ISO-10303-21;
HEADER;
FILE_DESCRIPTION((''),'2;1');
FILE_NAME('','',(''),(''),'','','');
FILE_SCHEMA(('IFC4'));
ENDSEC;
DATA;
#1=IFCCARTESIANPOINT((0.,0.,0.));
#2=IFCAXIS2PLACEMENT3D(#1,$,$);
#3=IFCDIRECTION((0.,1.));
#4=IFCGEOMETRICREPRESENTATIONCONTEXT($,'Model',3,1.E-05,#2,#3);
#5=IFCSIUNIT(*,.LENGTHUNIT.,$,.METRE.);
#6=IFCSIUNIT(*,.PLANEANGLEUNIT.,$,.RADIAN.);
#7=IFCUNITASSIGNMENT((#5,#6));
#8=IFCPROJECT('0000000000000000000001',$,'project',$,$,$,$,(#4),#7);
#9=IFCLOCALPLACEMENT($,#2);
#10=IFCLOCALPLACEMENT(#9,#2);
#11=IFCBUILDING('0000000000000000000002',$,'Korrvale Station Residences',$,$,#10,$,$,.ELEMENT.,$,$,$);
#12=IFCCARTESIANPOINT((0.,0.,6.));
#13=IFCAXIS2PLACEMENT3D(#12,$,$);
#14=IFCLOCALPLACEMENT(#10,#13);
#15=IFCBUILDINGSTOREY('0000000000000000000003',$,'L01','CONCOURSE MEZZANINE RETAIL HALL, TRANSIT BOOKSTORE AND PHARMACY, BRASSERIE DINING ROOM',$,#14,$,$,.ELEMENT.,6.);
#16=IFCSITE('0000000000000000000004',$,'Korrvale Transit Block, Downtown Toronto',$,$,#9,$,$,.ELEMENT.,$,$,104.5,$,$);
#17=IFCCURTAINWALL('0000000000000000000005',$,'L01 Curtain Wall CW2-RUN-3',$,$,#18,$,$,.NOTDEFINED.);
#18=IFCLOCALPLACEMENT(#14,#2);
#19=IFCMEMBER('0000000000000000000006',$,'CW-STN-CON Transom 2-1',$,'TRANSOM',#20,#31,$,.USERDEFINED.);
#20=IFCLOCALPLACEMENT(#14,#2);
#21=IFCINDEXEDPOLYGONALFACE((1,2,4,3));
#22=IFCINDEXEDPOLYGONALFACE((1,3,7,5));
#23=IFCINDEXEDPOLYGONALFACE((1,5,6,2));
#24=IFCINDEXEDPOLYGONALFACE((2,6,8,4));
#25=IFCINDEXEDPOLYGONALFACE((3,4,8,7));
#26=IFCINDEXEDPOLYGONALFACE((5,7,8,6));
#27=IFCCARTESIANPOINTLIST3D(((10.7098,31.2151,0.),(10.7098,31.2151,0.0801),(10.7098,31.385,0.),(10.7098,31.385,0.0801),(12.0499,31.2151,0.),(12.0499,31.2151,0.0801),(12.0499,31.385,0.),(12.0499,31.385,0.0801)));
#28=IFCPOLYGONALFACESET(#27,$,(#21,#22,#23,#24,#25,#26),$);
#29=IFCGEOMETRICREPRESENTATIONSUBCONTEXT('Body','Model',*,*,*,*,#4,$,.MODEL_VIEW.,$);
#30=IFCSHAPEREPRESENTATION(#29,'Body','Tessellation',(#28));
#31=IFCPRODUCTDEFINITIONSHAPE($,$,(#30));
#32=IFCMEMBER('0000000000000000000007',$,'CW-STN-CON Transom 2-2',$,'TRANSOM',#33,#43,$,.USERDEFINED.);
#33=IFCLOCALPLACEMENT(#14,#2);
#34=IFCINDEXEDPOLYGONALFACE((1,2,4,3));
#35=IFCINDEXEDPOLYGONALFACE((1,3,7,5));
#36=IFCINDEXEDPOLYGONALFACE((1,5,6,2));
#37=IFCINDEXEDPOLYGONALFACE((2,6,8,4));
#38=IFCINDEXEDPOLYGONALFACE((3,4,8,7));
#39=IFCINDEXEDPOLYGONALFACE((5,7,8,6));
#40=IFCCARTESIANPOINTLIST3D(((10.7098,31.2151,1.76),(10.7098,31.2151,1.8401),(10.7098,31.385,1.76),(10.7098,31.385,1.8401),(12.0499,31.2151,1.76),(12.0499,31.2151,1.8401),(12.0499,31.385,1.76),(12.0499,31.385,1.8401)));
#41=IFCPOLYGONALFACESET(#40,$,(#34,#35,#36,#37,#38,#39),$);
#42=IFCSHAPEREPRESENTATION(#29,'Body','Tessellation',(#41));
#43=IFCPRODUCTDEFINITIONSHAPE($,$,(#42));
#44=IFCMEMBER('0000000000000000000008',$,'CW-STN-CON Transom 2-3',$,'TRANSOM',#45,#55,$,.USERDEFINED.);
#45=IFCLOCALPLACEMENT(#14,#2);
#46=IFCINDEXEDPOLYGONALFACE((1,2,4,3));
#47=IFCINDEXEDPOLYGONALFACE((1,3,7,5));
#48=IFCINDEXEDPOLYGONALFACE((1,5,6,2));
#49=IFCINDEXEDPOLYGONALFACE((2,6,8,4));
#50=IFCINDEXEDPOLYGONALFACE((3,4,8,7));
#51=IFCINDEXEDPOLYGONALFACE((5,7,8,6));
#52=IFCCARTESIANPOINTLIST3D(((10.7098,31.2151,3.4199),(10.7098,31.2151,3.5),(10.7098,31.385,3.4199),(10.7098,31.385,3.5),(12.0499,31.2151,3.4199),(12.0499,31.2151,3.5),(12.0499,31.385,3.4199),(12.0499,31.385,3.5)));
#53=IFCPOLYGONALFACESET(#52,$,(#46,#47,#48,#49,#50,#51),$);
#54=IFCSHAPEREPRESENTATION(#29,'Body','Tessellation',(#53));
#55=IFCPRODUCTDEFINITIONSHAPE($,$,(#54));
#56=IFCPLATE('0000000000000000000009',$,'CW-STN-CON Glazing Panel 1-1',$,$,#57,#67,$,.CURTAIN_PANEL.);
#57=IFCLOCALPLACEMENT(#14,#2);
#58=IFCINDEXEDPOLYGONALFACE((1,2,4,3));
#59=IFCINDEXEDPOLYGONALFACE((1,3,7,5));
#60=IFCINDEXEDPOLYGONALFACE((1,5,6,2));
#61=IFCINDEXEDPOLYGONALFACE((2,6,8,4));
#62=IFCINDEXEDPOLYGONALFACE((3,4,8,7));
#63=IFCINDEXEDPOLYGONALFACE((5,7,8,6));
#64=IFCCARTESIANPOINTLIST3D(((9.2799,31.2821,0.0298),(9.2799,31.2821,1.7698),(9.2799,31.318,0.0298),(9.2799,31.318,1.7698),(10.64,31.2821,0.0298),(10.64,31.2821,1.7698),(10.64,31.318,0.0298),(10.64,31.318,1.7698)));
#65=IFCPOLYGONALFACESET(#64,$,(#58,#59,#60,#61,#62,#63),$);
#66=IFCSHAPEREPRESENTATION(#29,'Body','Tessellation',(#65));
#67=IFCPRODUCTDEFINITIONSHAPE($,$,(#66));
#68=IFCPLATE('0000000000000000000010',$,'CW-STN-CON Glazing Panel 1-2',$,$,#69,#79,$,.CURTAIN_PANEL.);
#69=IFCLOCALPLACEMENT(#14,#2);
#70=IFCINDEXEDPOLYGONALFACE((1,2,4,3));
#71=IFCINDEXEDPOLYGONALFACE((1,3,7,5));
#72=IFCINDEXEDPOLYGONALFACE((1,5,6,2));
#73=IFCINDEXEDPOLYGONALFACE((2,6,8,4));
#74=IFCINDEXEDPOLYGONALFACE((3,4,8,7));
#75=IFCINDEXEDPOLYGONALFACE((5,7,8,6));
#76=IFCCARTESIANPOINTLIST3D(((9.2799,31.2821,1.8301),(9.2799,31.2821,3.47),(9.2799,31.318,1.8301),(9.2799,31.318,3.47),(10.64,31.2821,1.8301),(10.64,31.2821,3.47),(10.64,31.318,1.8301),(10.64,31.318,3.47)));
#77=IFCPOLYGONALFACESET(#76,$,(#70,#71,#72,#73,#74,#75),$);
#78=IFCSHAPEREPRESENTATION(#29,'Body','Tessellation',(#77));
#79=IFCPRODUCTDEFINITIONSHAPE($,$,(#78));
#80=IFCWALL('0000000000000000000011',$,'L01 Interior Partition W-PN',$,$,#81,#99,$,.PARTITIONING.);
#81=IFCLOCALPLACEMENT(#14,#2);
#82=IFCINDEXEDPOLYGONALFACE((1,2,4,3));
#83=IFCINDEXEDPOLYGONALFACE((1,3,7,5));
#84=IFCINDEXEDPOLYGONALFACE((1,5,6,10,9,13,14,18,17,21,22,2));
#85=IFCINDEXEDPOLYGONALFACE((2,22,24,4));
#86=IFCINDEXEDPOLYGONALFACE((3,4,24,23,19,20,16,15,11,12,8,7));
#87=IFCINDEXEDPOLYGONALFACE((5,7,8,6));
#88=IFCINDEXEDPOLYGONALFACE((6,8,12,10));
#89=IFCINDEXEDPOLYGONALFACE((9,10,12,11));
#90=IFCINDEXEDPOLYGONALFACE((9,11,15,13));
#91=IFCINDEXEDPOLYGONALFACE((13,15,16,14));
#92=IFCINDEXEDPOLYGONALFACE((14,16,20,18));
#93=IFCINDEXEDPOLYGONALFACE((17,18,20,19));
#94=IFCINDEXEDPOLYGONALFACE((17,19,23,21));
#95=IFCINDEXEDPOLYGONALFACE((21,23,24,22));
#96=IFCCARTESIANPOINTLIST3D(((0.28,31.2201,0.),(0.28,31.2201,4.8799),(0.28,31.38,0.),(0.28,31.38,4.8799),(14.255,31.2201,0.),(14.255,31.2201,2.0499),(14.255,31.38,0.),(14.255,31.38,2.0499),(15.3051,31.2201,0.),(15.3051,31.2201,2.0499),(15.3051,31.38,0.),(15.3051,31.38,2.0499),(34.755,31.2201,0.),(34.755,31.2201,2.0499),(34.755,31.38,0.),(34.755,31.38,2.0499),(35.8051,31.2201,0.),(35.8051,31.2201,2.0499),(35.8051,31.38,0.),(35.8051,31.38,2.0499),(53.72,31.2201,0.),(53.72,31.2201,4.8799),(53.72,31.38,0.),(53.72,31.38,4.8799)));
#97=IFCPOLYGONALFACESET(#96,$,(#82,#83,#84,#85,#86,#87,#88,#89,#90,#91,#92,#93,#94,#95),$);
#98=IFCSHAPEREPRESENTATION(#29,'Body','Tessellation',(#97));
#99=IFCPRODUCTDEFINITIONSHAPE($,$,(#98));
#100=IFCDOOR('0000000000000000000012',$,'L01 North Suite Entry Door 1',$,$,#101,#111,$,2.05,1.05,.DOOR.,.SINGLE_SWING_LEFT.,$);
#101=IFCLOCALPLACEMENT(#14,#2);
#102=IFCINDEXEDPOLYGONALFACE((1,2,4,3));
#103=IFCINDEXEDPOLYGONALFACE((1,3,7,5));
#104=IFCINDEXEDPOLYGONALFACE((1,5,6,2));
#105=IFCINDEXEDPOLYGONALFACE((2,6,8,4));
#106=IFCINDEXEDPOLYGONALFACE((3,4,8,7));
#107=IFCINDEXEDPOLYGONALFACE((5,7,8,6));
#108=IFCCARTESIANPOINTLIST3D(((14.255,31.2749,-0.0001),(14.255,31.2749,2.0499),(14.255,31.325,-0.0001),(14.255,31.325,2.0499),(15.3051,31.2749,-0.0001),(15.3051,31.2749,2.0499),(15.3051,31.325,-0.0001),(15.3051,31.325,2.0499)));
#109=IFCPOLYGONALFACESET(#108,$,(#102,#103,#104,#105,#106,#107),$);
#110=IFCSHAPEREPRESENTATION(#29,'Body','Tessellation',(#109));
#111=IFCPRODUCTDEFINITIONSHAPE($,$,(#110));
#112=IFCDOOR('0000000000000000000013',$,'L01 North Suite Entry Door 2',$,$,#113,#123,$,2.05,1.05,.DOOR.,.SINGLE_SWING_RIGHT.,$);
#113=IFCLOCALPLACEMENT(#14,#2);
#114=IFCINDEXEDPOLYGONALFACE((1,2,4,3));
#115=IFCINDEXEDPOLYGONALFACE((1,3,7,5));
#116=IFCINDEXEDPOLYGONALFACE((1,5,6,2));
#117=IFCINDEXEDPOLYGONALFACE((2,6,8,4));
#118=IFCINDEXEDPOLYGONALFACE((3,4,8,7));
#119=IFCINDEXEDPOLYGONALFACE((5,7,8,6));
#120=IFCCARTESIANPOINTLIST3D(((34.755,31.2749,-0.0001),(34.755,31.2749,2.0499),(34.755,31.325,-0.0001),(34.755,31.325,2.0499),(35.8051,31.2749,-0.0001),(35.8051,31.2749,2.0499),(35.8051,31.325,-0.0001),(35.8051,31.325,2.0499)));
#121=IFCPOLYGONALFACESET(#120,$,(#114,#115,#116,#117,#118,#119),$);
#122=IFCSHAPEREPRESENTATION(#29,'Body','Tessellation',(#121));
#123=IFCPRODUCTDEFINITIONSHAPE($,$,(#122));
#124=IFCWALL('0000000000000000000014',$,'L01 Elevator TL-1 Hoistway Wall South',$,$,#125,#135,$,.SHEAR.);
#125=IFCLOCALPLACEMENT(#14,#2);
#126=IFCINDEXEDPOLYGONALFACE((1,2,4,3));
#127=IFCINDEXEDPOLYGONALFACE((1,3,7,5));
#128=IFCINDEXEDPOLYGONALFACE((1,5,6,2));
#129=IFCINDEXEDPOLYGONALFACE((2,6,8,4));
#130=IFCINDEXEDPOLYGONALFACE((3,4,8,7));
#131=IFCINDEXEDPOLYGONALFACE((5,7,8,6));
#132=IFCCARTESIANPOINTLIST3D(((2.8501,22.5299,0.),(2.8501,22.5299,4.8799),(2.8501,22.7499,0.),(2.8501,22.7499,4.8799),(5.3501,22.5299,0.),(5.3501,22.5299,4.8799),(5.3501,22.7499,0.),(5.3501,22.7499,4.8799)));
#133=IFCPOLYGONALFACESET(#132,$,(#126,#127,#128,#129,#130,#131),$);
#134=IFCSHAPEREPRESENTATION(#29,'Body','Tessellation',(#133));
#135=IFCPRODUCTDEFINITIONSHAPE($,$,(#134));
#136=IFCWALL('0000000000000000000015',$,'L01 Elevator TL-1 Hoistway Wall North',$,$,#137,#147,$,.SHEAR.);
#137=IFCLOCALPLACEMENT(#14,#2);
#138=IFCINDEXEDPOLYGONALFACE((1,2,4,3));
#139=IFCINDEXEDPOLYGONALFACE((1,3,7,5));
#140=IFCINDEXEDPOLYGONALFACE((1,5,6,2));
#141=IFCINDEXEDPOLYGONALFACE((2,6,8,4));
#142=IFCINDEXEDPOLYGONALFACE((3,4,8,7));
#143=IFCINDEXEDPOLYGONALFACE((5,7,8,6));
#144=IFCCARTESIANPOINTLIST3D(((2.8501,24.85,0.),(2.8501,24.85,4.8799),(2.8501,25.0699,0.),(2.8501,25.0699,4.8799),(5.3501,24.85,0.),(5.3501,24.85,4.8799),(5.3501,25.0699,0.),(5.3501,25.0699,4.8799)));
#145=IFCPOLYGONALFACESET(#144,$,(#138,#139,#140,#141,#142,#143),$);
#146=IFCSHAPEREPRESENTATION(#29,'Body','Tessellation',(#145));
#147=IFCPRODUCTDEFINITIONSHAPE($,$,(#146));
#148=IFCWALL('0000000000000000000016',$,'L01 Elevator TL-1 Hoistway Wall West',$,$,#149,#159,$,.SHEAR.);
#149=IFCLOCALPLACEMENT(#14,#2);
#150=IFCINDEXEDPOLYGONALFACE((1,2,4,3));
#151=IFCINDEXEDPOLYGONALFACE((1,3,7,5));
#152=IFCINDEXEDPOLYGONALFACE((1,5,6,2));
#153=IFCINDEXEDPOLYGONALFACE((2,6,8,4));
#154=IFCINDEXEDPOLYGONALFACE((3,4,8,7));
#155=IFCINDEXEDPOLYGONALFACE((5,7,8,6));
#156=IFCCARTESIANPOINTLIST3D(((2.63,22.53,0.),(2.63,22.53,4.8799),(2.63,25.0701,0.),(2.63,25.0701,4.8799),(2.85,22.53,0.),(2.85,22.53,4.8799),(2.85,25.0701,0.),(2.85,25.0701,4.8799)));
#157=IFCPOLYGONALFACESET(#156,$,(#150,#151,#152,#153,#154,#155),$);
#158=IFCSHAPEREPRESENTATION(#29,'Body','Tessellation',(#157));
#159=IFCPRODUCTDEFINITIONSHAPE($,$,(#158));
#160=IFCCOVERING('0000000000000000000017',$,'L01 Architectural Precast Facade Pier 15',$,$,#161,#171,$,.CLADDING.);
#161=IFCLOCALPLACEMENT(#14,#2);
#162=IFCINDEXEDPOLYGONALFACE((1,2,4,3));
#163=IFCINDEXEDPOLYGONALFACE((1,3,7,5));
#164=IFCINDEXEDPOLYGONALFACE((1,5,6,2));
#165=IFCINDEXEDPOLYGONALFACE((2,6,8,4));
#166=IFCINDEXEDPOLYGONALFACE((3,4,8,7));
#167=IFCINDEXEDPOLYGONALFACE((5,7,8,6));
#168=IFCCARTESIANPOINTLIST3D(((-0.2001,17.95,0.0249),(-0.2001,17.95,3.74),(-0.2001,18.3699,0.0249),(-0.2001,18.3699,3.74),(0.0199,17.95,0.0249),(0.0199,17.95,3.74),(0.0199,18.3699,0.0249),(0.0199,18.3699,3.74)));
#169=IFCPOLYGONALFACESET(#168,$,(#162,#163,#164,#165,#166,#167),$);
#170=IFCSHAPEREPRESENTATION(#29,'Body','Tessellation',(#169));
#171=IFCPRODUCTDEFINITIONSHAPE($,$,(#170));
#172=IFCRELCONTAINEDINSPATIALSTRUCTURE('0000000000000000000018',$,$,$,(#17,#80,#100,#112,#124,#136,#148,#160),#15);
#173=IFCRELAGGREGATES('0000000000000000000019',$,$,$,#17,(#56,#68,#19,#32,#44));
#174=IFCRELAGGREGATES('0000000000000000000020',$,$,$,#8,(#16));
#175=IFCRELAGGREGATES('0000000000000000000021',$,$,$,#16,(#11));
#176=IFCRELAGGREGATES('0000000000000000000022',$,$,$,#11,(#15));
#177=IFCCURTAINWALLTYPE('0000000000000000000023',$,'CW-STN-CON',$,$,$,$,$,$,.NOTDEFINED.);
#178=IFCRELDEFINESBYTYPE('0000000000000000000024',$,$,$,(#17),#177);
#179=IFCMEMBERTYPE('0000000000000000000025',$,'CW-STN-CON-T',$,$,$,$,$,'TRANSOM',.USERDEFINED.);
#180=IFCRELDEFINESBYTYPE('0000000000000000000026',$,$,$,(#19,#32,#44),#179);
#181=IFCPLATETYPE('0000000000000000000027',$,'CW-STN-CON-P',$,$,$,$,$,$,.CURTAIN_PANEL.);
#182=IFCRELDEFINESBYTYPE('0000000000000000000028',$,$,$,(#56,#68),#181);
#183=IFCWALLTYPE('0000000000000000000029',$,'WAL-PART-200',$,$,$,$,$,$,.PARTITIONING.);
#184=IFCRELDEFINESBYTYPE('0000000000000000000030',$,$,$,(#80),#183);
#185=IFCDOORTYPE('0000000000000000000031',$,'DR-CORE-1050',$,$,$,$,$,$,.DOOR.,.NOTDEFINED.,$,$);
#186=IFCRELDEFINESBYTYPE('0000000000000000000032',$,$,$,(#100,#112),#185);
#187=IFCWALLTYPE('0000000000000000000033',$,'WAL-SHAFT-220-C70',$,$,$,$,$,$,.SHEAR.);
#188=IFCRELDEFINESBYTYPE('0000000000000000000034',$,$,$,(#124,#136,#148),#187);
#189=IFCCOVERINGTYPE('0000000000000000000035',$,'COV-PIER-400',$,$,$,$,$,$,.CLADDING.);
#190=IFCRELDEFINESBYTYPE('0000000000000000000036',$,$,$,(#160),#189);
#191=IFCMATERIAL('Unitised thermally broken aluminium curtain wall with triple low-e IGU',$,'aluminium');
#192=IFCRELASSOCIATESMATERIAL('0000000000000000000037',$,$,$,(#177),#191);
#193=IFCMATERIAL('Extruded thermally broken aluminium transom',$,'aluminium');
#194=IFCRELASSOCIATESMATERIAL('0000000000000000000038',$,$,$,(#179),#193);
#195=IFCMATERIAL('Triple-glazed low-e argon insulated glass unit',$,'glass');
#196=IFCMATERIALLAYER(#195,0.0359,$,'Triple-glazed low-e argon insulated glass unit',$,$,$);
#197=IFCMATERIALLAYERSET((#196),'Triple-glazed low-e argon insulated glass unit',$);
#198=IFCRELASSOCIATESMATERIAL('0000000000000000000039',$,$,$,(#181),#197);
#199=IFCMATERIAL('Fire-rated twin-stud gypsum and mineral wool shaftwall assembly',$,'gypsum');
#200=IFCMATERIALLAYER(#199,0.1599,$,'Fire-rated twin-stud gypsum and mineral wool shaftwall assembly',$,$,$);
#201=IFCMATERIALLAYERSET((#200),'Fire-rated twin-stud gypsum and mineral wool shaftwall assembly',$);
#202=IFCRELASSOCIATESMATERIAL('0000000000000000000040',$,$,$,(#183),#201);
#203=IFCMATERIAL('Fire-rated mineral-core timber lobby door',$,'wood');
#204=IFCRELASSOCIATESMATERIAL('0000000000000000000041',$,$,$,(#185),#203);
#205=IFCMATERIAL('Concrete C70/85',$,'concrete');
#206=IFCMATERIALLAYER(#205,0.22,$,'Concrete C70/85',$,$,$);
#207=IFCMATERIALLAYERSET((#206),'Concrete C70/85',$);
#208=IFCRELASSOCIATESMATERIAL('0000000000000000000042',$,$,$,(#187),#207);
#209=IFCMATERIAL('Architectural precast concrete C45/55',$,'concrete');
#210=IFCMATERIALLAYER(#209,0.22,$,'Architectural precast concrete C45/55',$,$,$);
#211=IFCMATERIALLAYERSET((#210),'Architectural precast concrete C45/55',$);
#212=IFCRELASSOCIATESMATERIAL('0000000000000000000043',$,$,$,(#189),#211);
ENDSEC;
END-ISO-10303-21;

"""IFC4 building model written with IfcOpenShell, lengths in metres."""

from ifc_helpers import new_model, si_unit, direction, frame, frame_2d, origin, origin_2d, place, context, subcontext, project, spatial, rectangle, extrude, material, layer, layer_set, type_object, element, fill, aggregate, save


model = new_model("IFC4")

# Units and contexts
model_context = context("Model", 3, precision=1e-05, world=origin(), true_north=direction((0.0, 1.0)))
body_context = subcontext(model_context, "Body", "Model", "MODEL_VIEW")
ifc_project = project(units=[si_unit("LENGTHUNIT", "METRE"), si_unit("PLANEANGLEUNIT", "RADIAN")], contexts=[model_context])

# Site, building, storey
site_placement = place(None, origin())
site = spatial("IfcSite", under=ifc_project, at=site_placement, Name="Korrvale Transit Block, Downtown Toronto", CompositionType="ELEMENT", RefElevation=104.5)
building_placement = place(site_placement, origin())
building = spatial("IfcBuilding", under=site, at=building_placement, Name="Korrvale Station Residences", CompositionType="ELEMENT")
storey_placement = place(building_placement, frame((0.0, 0.0, 6.0)))
storey = spatial("IfcBuildingStorey", under=building, at=storey_placement, Name="L01", Description="CONCOURSE MEZZANINE RETAIL HALL, TRANSIT BOOKSTORE AND PHARMACY, BRASSERIE DINING ROOM", CompositionType="ELEMENT", Elevation=6.0)

# Shared definitions
ifc_material_1 = material(Name="Concrete C70/85", Category="concrete")

# Curtain wall, members, plates
ifc_material_2 = material(Name="Unitised thermally broken aluminium curtain wall with triple low-e IGU", Category="aluminium")
curtain_wall_type = type_object("IfcCurtainWallType", Name="CW-STN-CON", PredefinedType="NOTDEFINED", material=ifc_material_2)
curtain_wall_placement = place(storey_placement, origin())
curtain_wall = element("IfcCurtainWall", 1, at=curtain_wall_placement, inside=storey, type_object=curtain_wall_type, Name="L01 Curtain Wall CW2-RUN-3", PredefinedType="NOTDEFINED")
ifc_material_3 = material(Name="Extruded thermally broken aluminium transom", Category="aluminium")
member_type_1 = type_object("IfcMemberType", Name="CW-STN-CON-T", ElementType="TRANSOM", PredefinedType="USERDEFINED", material=ifc_material_3)
member_1_placement = place(storey_placement, frame((11.3799, 31.3, 0.0), z_axis=(0.0, 0.0, 1.0), x_axis=(1.0, 0.0, 0.0)))
member_1 = element("IfcMember", 2, at=member_1_placement, type_object=member_type_1, Name="CW-STN-CON Transom 2-1", ObjectType="TRANSOM", PredefinedType="USERDEFINED", context=body_context, shape_type="SweptSolid", body=[
    extrude(rectangle(XDim=1.3401, YDim=0.1699, at=origin_2d()), origin(), (0.0, 0.0, 1.0), 0.0801),
])
member_2_placement = place(storey_placement, frame((11.3799, 31.3, 1.76), z_axis=(0.0, 0.0, 1.0), x_axis=(1.0, 0.0, 0.0)))
member_2 = element("IfcMember", 3, at=member_2_placement, type_object=member_type_1, Name="CW-STN-CON Transom 2-2", ObjectType="TRANSOM", PredefinedType="USERDEFINED", context=body_context, shape_type="SweptSolid", body=[
    extrude(rectangle(XDim=1.3401, YDim=0.1699, at=origin_2d()), origin(), (0.0, 0.0, 1.0), 0.0801),
])
member_3_placement = place(storey_placement, frame((11.3799, 31.3, 3.4199), z_axis=(0.0, 0.0, 1.0), x_axis=(1.0, 0.0, 0.0)))
member_3 = element("IfcMember", 4, at=member_3_placement, type_object=member_type_1, Name="CW-STN-CON Transom 2-3", ObjectType="TRANSOM", PredefinedType="USERDEFINED", context=body_context, shape_type="SweptSolid", body=[
    extrude(rectangle(XDim=1.3401, YDim=0.1699, at=origin_2d()), origin(), (0.0, 0.0, 1.0), 0.0801),
])
ifc_material_4 = material(Name="Triple-glazed low-e argon insulated glass unit", Category="glass")
ifc_layer_1 = layer(ifc_material_4, 0.0359, Name="Triple-glazed low-e argon insulated glass unit")
ifc_layer_set_1 = layer_set([ifc_layer_1], Name="Triple-glazed low-e argon insulated glass unit")
plate_type = type_object("IfcPlateType", Name="CW-STN-CON-P", PredefinedType="CURTAIN_PANEL", material=ifc_layer_set_1)
plate_1_placement = place(storey_placement, frame((9.96, 31.3, 0.0298), z_axis=(0.0, 0.0, 1.0), x_axis=(1.0, 0.0, 0.0)))
plate_1 = element("IfcPlate", 5, at=plate_1_placement, type_object=plate_type, Name="CW-STN-CON Glazing Panel 1-1", PredefinedType="CURTAIN_PANEL", context=body_context, shape_type="SweptSolid", body=[
    extrude(rectangle(XDim=1.3601, YDim=0.0359, at=origin_2d()), origin(), (0.0, 0.0, 1.0), 1.74),
])
plate_2_placement = place(storey_placement, frame((9.96, 31.3, 1.8301), z_axis=(0.0, 0.0, 1.0), x_axis=(1.0, 0.0, 0.0)))
plate_2 = element("IfcPlate", 6, at=plate_2_placement, type_object=plate_type, Name="CW-STN-CON Glazing Panel 1-2", PredefinedType="CURTAIN_PANEL", context=body_context, shape_type="SweptSolid", body=[
    extrude(rectangle(XDim=1.3601, YDim=0.0359, at=origin_2d()), origin(), (0.0, 0.0, 1.0), 1.6399),
])
aggregate(curtain_wall, [plate_1, plate_2, member_1, member_2, member_3])

# Wall, openings, doors
ifc_material_5 = material(Name="Fire-rated twin-stud gypsum and mineral wool shaftwall assembly", Category="gypsum")
ifc_layer_2 = layer(ifc_material_5, 0.1599, Name="Fire-rated twin-stud gypsum and mineral wool shaftwall assembly")
ifc_layer_set_2 = layer_set([ifc_layer_2], Name="Fire-rated twin-stud gypsum and mineral wool shaftwall assembly")
wall_type_1 = type_object("IfcWallType", Name="WAL-PART-200", PredefinedType="PARTITIONING", material=ifc_layer_set_2)
wall_1_placement = place(storey_placement, frame((0.28, 31.3, 0.0), z_axis=(0.0, 0.0, 1.0), x_axis=(1.0, 0.0, 0.0)))
wall_1 = element("IfcWall", 7, at=wall_1_placement, inside=storey, type_object=wall_type_1, Name="L01 Interior Partition W-PN", PredefinedType="PARTITIONING", context=body_context, shape_type="SweptSolid", body=[
    extrude(rectangle(XDim=53.4399, YDim=0.1599, at=frame_2d((26.72, 0.0))), origin(), (0.0, 0.0, 1.0), 4.8799),
])
opening_1_placement = place(wall_1_placement, frame((13.9751, 0.0, 0.0)))
opening_1 = element("IfcOpeningElement", 8, at=opening_1_placement, cuts=wall_1, PredefinedType="OPENING", context=body_context, shape_type="SweptSolid", body=[
    extrude(rectangle(XDim=1.05, YDim=2.05, at=frame_2d((0.5249, 1.0249))), frame((0.0, 0.0898, 0.0), z_axis=(0.0, -1.0, 0.0), x_axis=(1.0, 0.0, 0.0)), (0.0, 0.0, 1.0), 0.1799),
])
opening_2_placement = place(wall_1_placement, frame((34.4751, 0.0, 0.0)))
opening_2 = element("IfcOpeningElement", 9, at=opening_2_placement, cuts=wall_1, PredefinedType="OPENING", context=body_context, shape_type="SweptSolid", body=[
    extrude(rectangle(XDim=1.05, YDim=2.05, at=frame_2d((0.5249, 1.0249))), frame((0.0, 0.0898, 0.0), z_axis=(0.0, -1.0, 0.0), x_axis=(1.0, 0.0, 0.0)), (0.0, 0.0, 1.0), 0.1799),
])
ifc_material_6 = material(Name="Fire-rated mineral-core timber lobby door", Category="wood")
door_type_1 = type_object("IfcDoorType", Name="DR-CORE-1050", OperationType="NOTDEFINED", PredefinedType="DOOR", material=ifc_material_6)
door_1_placement = place(opening_1_placement, origin())
door_1 = element("IfcDoor", 10, at=door_1_placement, inside=storey, type_object=door_type_1, Name="L01 North Suite Entry Door 1", OperationType="SINGLE_SWING_LEFT", OverallHeight=2.05, OverallWidth=1.05, PredefinedType="DOOR", context=body_context, shape_type="SweptSolid", body=[
    extrude(rectangle(XDim=1.05, YDim=2.05, at=frame_2d((0.5249, 1.0249))), frame((0.0, 0.0249, 0.0), z_axis=(0.0, -1.0, 0.0), x_axis=(1.0, 0.0, 0.0)), (0.0, 0.0, 1.0), 0.05),
])
fill(opening_1, door_1)
door_2_placement = place(opening_2_placement, origin())
door_2 = element("IfcDoor", 11, at=door_2_placement, inside=storey, type_object=door_type_1, Name="L01 North Suite Entry Door 2", OperationType="SINGLE_SWING_RIGHT", OverallHeight=2.05, OverallWidth=1.05, PredefinedType="DOOR", context=body_context, shape_type="SweptSolid", body=[
    extrude(rectangle(XDim=1.05, YDim=2.05, at=frame_2d((0.5249, 1.0249))), frame((0.0, 0.0249, 0.0), z_axis=(0.0, -1.0, 0.0), x_axis=(1.0, 0.0, 0.0)), (0.0, 0.0, 1.0), 0.05),
])
fill(opening_2, door_2)

# Walls
ifc_layer_3 = layer(ifc_material_1, 0.22, Name="Concrete C70/85")
ifc_layer_set_3 = layer_set([ifc_layer_3], Name="Concrete C70/85")
wall_type_2 = type_object("IfcWallType", Name="WAL-SHAFT-220-C70", PredefinedType="SHEAR", material=ifc_layer_set_3)
for number, where, z_axis, x_axis, name in (
    (12, (2.8501, 22.6399, 0.0), (0.0, 0.0, 1.0), (1.0, 0.0, 0.0), "L01 Elevator TL-1 Hoistway Wall South"),
    (13, (2.8501, 24.96, 0.0), (0.0, 0.0, 1.0), (1.0, 0.0, 0.0), "L01 Elevator TL-1 Hoistway Wall North"),
):
    element("IfcWall", number, at=place(storey_placement, frame(where, z_axis=z_axis, x_axis=x_axis)), inside=storey, type_object=wall_type_2, Name=name, PredefinedType="SHEAR", context=body_context, shape_type="SweptSolid", body=[
        extrude(rectangle(XDim=2.5, YDim=0.22, at=frame_2d((1.25, 0.0))), origin(), (0.0, 0.0, 1.0), 4.8799),
    ])
wall_2_placement = place(storey_placement, frame((2.74, 22.53, 0.0), z_axis=(0.0, 0.0, 1.0), x_axis=(0.0, 1.0, 0.0)))
element("IfcWall", 14, at=wall_2_placement, inside=storey, type_object=wall_type_2, Name="L01 Elevator TL-1 Hoistway Wall West", PredefinedType="SHEAR", context=body_context, shape_type="SweptSolid", body=[
    extrude(rectangle(XDim=2.54, YDim=0.22, at=frame_2d((1.27, 0.0))), origin(), (0.0, 0.0, 1.0), 4.8799),
])

# Covering
ifc_material_7 = material(Name="Architectural precast concrete C45/55", Category="concrete")
ifc_layer_4 = layer(ifc_material_7, 0.22, Name="Architectural precast concrete C45/55")
ifc_layer_set_4 = layer_set([ifc_layer_4], Name="Architectural precast concrete C45/55")
covering_type = type_object("IfcCoveringType", Name="COV-PIER-400", PredefinedType="CLADDING", material=ifc_layer_set_4)
covering_placement = place(storey_placement, frame((-0.0901, 18.1599, 0.0249), z_axis=(0.0, 0.0, 1.0), x_axis=(0.0, 1.0, 0.0)))
element("IfcCovering", 15, at=covering_placement, inside=storey, type_object=covering_type, Name="L01 Architectural Precast Facade Pier 15", PredefinedType="CLADDING", context=body_context, shape_type="SweptSolid", body=[
    extrude(rectangle(XDim=0.4199, YDim=0.22, at=origin_2d()), origin(), (0.0, 0.0, 1.0), 3.7151),
])

save(model, "model.ifc")
